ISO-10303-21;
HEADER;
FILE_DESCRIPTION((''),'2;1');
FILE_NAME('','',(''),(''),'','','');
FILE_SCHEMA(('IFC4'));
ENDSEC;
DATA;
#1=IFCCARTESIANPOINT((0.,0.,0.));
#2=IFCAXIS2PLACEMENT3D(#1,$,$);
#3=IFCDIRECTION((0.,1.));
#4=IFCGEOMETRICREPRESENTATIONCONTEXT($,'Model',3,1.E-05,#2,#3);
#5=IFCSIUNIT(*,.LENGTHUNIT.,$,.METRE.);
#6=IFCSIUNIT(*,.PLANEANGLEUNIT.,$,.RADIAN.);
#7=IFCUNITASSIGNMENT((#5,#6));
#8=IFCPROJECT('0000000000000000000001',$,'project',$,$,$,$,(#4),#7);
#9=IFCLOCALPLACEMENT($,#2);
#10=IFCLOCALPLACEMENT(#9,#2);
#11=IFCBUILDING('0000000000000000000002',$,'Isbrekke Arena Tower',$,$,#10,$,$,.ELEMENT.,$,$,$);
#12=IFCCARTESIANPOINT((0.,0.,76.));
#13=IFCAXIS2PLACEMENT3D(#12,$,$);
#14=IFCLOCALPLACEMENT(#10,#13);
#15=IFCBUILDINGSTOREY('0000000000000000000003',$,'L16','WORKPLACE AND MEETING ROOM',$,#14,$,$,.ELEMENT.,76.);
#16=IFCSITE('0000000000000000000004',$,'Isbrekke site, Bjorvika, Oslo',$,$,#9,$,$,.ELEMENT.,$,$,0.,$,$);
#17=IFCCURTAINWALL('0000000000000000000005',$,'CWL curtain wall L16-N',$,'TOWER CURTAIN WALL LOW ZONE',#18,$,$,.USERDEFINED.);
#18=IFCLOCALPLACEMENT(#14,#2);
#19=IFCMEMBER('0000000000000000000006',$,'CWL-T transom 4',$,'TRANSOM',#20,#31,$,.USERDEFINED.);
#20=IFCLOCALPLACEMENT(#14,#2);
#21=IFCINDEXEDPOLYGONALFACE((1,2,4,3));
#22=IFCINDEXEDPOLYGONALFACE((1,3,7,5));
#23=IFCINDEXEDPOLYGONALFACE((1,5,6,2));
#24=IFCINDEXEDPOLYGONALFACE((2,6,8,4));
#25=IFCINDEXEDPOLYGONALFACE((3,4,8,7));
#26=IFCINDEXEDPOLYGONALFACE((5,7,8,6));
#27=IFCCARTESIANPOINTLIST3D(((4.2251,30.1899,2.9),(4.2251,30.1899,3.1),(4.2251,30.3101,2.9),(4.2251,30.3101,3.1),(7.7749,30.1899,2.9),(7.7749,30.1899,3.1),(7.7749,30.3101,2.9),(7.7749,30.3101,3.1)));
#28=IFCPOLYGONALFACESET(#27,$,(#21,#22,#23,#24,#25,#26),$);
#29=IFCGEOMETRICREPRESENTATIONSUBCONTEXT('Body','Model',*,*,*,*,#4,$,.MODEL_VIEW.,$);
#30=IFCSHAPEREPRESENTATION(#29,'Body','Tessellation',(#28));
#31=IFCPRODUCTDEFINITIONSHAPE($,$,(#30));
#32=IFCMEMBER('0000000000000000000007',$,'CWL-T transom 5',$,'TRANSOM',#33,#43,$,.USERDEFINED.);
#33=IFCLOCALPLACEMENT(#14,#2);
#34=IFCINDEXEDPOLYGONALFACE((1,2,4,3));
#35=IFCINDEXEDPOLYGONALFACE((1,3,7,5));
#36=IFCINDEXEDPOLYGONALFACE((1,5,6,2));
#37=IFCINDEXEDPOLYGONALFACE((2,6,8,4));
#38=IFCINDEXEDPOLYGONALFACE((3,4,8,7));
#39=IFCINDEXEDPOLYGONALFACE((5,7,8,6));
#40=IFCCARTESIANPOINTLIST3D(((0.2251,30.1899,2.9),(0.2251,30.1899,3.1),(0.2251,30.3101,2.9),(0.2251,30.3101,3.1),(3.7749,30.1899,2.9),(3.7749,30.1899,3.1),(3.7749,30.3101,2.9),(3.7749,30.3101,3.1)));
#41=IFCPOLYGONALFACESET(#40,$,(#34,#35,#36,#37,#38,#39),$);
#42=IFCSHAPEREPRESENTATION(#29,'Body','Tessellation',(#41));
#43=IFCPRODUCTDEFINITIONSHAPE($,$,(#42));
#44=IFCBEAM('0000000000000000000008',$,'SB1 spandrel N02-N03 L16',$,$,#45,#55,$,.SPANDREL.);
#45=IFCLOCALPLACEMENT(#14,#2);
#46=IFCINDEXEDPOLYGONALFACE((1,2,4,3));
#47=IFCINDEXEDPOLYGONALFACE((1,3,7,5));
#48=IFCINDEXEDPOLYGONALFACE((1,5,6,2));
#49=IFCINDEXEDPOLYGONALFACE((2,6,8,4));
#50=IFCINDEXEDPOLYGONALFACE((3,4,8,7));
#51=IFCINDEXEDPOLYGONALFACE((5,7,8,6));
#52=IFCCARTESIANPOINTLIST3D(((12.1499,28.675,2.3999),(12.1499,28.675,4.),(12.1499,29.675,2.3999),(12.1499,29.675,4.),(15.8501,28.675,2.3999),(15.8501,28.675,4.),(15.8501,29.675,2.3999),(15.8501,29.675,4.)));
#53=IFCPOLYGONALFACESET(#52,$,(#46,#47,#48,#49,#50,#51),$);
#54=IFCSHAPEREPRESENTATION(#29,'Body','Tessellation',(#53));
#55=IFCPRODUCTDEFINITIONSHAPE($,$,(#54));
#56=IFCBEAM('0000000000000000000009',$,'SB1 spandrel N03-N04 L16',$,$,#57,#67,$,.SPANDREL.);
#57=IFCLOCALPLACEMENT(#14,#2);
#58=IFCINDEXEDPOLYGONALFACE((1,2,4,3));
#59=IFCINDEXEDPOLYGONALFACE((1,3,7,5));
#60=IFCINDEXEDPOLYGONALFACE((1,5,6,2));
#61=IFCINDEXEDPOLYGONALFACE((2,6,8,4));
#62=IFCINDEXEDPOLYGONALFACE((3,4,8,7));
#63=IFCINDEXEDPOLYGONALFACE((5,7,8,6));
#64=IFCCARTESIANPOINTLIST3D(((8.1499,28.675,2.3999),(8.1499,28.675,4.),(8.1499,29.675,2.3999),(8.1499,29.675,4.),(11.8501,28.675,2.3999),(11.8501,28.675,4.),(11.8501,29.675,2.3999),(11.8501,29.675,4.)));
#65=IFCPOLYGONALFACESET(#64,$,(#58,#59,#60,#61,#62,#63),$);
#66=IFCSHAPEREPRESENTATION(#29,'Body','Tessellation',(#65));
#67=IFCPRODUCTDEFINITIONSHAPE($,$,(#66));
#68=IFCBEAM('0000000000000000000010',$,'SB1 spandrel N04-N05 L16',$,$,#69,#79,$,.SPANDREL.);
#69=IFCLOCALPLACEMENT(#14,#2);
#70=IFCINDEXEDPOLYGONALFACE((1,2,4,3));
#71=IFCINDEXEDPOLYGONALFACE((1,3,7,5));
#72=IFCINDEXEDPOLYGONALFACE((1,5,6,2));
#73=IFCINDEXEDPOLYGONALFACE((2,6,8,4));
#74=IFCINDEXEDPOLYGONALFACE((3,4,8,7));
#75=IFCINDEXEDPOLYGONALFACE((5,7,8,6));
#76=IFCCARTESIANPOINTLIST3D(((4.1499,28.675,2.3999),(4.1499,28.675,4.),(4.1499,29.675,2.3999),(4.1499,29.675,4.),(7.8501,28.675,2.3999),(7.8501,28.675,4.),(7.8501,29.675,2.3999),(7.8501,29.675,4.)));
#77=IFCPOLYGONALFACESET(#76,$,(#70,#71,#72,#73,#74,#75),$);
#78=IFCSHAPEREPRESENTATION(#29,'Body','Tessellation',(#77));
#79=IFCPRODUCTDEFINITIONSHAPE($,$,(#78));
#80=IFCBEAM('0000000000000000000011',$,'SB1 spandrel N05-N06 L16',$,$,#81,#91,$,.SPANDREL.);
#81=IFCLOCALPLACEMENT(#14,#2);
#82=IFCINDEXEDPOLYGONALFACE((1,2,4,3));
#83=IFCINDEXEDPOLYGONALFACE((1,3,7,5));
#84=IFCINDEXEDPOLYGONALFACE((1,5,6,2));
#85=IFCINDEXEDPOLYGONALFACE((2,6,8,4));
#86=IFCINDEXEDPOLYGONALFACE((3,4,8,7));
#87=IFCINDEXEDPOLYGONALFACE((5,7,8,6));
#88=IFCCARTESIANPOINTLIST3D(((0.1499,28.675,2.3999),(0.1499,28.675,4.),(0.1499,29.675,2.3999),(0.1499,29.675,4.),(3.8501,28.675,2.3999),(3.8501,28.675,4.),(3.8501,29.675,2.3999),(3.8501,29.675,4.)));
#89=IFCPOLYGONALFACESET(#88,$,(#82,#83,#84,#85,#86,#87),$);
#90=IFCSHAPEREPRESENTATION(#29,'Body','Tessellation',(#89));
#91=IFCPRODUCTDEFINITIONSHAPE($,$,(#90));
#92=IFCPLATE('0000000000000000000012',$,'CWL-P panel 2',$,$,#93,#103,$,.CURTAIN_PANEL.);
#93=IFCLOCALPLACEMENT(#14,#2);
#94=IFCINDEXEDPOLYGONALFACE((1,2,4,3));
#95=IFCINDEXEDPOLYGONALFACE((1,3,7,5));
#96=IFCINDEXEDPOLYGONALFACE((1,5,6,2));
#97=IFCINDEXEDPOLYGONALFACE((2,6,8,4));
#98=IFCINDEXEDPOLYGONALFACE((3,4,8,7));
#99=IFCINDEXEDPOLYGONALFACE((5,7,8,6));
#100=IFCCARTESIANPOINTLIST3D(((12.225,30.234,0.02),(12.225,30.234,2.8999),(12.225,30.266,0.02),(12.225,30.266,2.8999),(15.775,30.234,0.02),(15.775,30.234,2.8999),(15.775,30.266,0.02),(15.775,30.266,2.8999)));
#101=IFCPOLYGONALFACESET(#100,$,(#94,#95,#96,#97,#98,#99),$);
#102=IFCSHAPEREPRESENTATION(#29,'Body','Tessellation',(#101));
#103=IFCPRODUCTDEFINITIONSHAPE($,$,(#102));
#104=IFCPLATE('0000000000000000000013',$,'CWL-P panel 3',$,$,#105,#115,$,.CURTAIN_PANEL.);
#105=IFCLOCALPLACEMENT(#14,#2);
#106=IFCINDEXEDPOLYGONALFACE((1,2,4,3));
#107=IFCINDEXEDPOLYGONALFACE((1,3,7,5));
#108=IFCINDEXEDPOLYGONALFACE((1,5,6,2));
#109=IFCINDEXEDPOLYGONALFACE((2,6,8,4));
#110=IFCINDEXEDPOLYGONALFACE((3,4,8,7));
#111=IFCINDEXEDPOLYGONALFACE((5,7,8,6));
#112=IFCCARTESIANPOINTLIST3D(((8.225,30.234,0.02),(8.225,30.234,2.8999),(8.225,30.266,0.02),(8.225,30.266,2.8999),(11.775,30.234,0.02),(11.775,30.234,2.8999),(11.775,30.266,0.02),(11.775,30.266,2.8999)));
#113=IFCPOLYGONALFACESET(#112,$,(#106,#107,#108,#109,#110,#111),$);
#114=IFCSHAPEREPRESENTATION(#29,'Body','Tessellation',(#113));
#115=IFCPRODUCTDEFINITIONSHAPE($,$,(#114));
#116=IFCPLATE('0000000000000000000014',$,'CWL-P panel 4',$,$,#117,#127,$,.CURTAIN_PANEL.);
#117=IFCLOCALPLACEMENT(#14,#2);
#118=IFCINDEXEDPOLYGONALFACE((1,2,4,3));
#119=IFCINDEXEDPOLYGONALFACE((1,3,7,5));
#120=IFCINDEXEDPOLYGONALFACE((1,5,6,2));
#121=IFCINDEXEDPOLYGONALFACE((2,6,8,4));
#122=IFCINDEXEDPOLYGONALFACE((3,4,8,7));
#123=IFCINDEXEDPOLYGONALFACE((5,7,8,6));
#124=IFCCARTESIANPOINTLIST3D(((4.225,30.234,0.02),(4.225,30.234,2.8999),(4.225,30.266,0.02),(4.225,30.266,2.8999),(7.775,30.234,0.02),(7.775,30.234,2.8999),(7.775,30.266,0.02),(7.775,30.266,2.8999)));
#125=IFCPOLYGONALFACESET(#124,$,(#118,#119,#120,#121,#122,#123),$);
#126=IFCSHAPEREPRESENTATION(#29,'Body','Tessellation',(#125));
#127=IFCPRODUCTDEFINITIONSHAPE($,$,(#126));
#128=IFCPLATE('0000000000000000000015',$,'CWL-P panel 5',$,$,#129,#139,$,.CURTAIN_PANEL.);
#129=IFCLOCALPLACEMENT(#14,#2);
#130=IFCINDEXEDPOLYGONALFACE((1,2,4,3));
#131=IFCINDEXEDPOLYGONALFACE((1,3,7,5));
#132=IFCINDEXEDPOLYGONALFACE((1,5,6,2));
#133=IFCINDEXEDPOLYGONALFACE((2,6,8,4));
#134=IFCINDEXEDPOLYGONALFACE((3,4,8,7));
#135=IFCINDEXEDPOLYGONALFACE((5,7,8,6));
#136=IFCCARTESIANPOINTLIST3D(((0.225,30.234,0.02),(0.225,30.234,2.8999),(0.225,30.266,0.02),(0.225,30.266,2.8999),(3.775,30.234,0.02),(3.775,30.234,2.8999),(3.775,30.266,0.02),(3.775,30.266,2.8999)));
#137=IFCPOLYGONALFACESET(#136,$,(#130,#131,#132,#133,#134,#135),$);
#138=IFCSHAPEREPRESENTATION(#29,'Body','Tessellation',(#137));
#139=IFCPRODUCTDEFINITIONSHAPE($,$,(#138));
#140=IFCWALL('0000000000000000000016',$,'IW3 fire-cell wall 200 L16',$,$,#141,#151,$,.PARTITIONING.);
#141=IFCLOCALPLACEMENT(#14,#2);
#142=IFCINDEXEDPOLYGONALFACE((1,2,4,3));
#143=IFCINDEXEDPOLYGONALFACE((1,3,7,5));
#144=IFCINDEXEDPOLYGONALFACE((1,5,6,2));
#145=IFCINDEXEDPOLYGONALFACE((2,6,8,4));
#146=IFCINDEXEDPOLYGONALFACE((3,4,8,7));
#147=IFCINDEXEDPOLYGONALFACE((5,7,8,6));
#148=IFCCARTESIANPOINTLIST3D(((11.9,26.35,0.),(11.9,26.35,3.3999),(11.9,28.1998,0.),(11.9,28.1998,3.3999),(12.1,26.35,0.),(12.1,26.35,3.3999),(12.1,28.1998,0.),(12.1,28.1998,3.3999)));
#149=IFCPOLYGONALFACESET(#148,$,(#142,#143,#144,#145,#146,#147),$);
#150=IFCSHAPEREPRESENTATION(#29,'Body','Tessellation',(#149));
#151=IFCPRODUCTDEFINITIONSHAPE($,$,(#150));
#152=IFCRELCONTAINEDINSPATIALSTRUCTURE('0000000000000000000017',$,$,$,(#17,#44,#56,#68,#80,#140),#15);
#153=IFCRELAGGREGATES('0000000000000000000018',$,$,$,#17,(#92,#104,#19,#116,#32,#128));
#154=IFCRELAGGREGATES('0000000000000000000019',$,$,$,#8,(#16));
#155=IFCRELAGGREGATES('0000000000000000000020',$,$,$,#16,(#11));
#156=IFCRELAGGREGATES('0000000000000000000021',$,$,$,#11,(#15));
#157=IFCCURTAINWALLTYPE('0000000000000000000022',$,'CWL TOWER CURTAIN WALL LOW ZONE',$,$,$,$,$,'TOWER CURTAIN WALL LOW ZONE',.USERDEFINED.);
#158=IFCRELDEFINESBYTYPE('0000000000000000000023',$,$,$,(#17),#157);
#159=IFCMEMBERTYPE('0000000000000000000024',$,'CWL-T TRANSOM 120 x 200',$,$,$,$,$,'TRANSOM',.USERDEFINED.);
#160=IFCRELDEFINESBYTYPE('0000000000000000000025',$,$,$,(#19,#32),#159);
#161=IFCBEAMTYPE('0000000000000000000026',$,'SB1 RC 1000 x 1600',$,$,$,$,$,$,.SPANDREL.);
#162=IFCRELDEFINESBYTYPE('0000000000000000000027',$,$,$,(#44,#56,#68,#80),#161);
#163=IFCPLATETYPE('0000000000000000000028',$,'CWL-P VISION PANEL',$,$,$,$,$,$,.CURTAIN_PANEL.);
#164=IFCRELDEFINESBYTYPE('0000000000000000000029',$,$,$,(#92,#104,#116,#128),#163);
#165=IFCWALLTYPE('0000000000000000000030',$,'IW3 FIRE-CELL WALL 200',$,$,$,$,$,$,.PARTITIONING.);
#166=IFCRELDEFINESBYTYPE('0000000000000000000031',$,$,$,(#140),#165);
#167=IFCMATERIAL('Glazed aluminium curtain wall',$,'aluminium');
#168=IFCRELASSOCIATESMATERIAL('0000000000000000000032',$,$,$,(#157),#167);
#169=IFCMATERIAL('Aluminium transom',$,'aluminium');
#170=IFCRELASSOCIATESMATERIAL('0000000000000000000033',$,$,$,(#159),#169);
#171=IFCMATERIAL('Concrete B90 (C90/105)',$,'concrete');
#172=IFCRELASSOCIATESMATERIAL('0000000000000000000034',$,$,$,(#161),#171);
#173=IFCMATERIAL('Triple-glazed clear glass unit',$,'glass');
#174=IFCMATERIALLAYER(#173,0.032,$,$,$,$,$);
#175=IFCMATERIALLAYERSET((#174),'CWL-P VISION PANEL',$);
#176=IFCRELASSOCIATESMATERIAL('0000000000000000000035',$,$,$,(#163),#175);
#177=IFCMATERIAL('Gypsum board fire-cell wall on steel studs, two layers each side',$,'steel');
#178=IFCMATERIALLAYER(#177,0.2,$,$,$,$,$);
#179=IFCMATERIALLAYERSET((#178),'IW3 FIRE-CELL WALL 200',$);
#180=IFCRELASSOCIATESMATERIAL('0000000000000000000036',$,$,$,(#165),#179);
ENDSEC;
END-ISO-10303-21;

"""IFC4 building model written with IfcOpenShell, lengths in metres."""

from ifc_helpers import new_model, si_unit, direction, frame, frame_2d, origin, origin_2d, place, context, subcontext, project, spatial, rectangle, extrude, material, layer, layer_set, material_profile, profile_set, type_object, element, aggregate, save


model = new_model("IFC4")

# Units and contexts
model_context = context("Model", 3, precision=1e-05, world=origin(), true_north=direction((0.0, 1.0)))
body_context = subcontext(model_context, "Body", "Model", "MODEL_VIEW")
ifc_project = project(units=[si_unit("LENGTHUNIT", "METRE"), si_unit("PLANEANGLEUNIT", "RADIAN")], contexts=[model_context])

# Site, building, storey
site_placement = place(None, origin())
site = spatial("IfcSite", under=ifc_project, at=site_placement, Name="Isbrekke site, Bjorvika, Oslo", CompositionType="ELEMENT", RefElevation=0.0)
building_placement = place(site_placement, origin())
building = spatial("IfcBuilding", under=site, at=building_placement, Name="Isbrekke Arena Tower", CompositionType="ELEMENT")
storey_placement = place(building_placement, frame((0.0, 0.0, 76.0)))
storey = spatial("IfcBuildingStorey", under=building, at=storey_placement, Name="L16", Description="WORKPLACE AND MEETING ROOM", CompositionType="ELEMENT", Elevation=76.0)

# Curtain wall, members
ifc_material_1 = material(Name="Glazed aluminium curtain wall", Category="aluminium")
curtain_wall_type = type_object("IfcCurtainWallType", Name="CWL TOWER CURTAIN WALL LOW ZONE", ElementType="TOWER CURTAIN WALL LOW ZONE", PredefinedType="USERDEFINED", material=ifc_material_1)
curtain_wall_placement = place(storey_placement, origin())
curtain_wall = element("IfcCurtainWall", 1, at=curtain_wall_placement, inside=storey, type_object=curtain_wall_type, Name="CWL curtain wall L16-N", ObjectType="TOWER CURTAIN WALL LOW ZONE", PredefinedType="USERDEFINED")
ifc_material_2 = material(Name="Aluminium transom", Category="aluminium")
ifc_material_profile_1 = material_profile(ifc_material_2, rectangle(XDim=0.1201, YDim=0.2, at=origin_2d()), Name="TRANSOM 120X200")
ifc_profile_set_1 = profile_set([ifc_material_profile_1], Name="Aluminium transom")
member_type_1 = type_object("IfcMemberType", Name="CWL-T TRANSOM 120 x 200", ElementType="TRANSOM", PredefinedType="USERDEFINED", material=ifc_profile_set_1)
member_1_placement = place(storey_placement, frame((7.7749, 30.25, 3.0), z_axis=(-1.0, 0.0, 0.0), x_axis=(0.0, -1.0, 0.0)))
member_1 = element("IfcMember", 2, at=member_1_placement, type_object=member_type_1, Name="CWL-T transom 4", ObjectType="TRANSOM", PredefinedType="USERDEFINED", context=body_context, shape_type="SweptSolid", body=[
    extrude(rectangle(XDim=0.1201, YDim=0.2, at=origin_2d()), origin(), (0.0, 0.0, 1.0), 3.5498),
])
member_2_placement = place(storey_placement, frame((3.7749, 30.25, 3.0), z_axis=(-1.0, 0.0, 0.0), x_axis=(0.0, -1.0, 0.0)))
member_2 = element("IfcMember", 3, at=member_2_placement, type_object=member_type_1, Name="CWL-T transom 5", ObjectType="TRANSOM", PredefinedType="USERDEFINED", context=body_context, shape_type="SweptSolid", body=[
    extrude(rectangle(XDim=0.1201, YDim=0.2, at=origin_2d()), origin(), (0.0, 0.0, 1.0), 3.5498),
])

# Beams
ifc_material_3 = material(Name="Concrete B90 (C90/105)", Category="concrete")
ifc_material_profile_2 = material_profile(ifc_material_3, rectangle(XDim=1.0, YDim=1.6001, at=origin_2d()), Name="RC 1000x1600")
ifc_profile_set_2 = profile_set([ifc_material_profile_2], Name="Concrete B90 (C90/105)")
beam_type_1 = type_object("IfcBeamType", Name="SB1 RC 1000 x 1600", PredefinedType="SPANDREL", material=ifc_profile_set_2)
for number, where, z_axis, x_axis, name in (
    (4, (15.8501, 29.175, 3.2), (-1.0, 0.0, 0.0), (0.0, -1.0, 0.0), "SB1 spandrel N02-N03 L16"),
    (5, (11.8501, 29.175, 3.2), (-1.0, 0.0, 0.0), (0.0, -1.0, 0.0), "SB1 spandrel N03-N04 L16"),
    (6, (7.8501, 29.175, 3.2), (-1.0, 0.0, 0.0), (0.0, -1.0, 0.0), "SB1 spandrel N04-N05 L16"),
    (7, (3.8501, 29.175, 3.2), (-1.0, 0.0, 0.0), (0.0, -1.0, 0.0), "SB1 spandrel N05-N06 L16"),
):
    element("IfcBeam", number, at=place(storey_placement, frame(where, z_axis=z_axis, x_axis=x_axis)), inside=storey, type_object=beam_type_1, Name=name, PredefinedType="SPANDREL", context=body_context, shape_type="SweptSolid", body=[
        extrude(rectangle(XDim=1.0, YDim=1.6001, at=origin_2d()), origin(), (0.0, 0.0, 1.0), 3.7002),
    ])

# Plates
ifc_material_4 = material(Name="Triple-glazed clear glass unit", Category="glass")
ifc_layer_1 = layer(ifc_material_4, 0.032)
ifc_layer_set_1 = layer_set([ifc_layer_1], Name="CWL-P VISION PANEL")
plate_type = type_object("IfcPlateType", Name="CWL-P VISION PANEL", PredefinedType="CURTAIN_PANEL", material=ifc_layer_set_1)
plate_1_placement = place(storey_placement, frame((14.0, 30.25, 0.02), z_axis=(0.0, 0.0, 1.0), x_axis=(-1.0, 0.0, 0.0)))
plate_1 = element("IfcPlate", 8, at=plate_1_placement, type_object=plate_type, Name="CWL-P panel 2", PredefinedType="CURTAIN_PANEL", context=body_context, shape_type="SweptSolid", body=[
    extrude(rectangle(XDim=3.55, YDim=0.032, at=origin_2d()), origin(), (0.0, 0.0, 1.0), 2.8799),
])
plate_2_placement = place(storey_placement, frame((10.0, 30.25, 0.02), z_axis=(0.0, 0.0, 1.0), x_axis=(-1.0, 0.0, 0.0)))
plate_2 = element("IfcPlate", 9, at=plate_2_placement, type_object=plate_type, Name="CWL-P panel 3", PredefinedType="CURTAIN_PANEL", context=body_context, shape_type="SweptSolid", body=[
    extrude(rectangle(XDim=3.55, YDim=0.032, at=origin_2d()), origin(), (0.0, 0.0, 1.0), 2.8799),
])
plate_3_placement = place(storey_placement, frame((6.0, 30.25, 0.02), z_axis=(0.0, 0.0, 1.0), x_axis=(-1.0, 0.0, 0.0)))
plate_3 = element("IfcPlate", 10, at=plate_3_placement, type_object=plate_type, Name="CWL-P panel 4", PredefinedType="CURTAIN_PANEL", context=body_context, shape_type="SweptSolid", body=[
    extrude(rectangle(XDim=3.55, YDim=0.032, at=origin_2d()), origin(), (0.0, 0.0, 1.0), 2.8799),
])
plate_4_placement = place(storey_placement, frame((2.0, 30.25, 0.02), z_axis=(0.0, 0.0, 1.0), x_axis=(-1.0, 0.0, 0.0)))
plate_4 = element("IfcPlate", 11, at=plate_4_placement, type_object=plate_type, Name="CWL-P panel 5", PredefinedType="CURTAIN_PANEL", context=body_context, shape_type="SweptSolid", body=[
    extrude(rectangle(XDim=3.55, YDim=0.032, at=origin_2d()), origin(), (0.0, 0.0, 1.0), 2.8799),
])
aggregate(curtain_wall, [plate_1, plate_2, member_1, plate_3, member_2, plate_4])

# Wall
ifc_material_5 = material(Name="Gypsum board fire-cell wall on steel studs, two layers each side", Category="steel")
ifc_layer_2 = layer(ifc_material_5, 0.2)
ifc_layer_set_2 = layer_set([ifc_layer_2], Name="IW3 FIRE-CELL WALL 200")
wall_type = type_object("IfcWallType", Name="IW3 FIRE-CELL WALL 200", PredefinedType="PARTITIONING", material=ifc_layer_set_2)
wall_placement = place(storey_placement, frame((12.0, 26.3501, 0.0), z_axis=(0.0, 0.0, 1.0), x_axis=(0.0, 1.0, 0.0)))
element("IfcWall", 12, at=wall_placement, inside=storey, type_object=wall_type, Name="IW3 fire-cell wall 200 L16", PredefinedType="PARTITIONING", context=body_context, shape_type="SweptSolid", body=[
    extrude(rectangle(XDim=1.8499, YDim=0.2, at=frame_2d((0.9248, 0.0))), origin(), (0.0, 0.0, 1.0), 3.3999),
])

save(model, "model.ifc")
